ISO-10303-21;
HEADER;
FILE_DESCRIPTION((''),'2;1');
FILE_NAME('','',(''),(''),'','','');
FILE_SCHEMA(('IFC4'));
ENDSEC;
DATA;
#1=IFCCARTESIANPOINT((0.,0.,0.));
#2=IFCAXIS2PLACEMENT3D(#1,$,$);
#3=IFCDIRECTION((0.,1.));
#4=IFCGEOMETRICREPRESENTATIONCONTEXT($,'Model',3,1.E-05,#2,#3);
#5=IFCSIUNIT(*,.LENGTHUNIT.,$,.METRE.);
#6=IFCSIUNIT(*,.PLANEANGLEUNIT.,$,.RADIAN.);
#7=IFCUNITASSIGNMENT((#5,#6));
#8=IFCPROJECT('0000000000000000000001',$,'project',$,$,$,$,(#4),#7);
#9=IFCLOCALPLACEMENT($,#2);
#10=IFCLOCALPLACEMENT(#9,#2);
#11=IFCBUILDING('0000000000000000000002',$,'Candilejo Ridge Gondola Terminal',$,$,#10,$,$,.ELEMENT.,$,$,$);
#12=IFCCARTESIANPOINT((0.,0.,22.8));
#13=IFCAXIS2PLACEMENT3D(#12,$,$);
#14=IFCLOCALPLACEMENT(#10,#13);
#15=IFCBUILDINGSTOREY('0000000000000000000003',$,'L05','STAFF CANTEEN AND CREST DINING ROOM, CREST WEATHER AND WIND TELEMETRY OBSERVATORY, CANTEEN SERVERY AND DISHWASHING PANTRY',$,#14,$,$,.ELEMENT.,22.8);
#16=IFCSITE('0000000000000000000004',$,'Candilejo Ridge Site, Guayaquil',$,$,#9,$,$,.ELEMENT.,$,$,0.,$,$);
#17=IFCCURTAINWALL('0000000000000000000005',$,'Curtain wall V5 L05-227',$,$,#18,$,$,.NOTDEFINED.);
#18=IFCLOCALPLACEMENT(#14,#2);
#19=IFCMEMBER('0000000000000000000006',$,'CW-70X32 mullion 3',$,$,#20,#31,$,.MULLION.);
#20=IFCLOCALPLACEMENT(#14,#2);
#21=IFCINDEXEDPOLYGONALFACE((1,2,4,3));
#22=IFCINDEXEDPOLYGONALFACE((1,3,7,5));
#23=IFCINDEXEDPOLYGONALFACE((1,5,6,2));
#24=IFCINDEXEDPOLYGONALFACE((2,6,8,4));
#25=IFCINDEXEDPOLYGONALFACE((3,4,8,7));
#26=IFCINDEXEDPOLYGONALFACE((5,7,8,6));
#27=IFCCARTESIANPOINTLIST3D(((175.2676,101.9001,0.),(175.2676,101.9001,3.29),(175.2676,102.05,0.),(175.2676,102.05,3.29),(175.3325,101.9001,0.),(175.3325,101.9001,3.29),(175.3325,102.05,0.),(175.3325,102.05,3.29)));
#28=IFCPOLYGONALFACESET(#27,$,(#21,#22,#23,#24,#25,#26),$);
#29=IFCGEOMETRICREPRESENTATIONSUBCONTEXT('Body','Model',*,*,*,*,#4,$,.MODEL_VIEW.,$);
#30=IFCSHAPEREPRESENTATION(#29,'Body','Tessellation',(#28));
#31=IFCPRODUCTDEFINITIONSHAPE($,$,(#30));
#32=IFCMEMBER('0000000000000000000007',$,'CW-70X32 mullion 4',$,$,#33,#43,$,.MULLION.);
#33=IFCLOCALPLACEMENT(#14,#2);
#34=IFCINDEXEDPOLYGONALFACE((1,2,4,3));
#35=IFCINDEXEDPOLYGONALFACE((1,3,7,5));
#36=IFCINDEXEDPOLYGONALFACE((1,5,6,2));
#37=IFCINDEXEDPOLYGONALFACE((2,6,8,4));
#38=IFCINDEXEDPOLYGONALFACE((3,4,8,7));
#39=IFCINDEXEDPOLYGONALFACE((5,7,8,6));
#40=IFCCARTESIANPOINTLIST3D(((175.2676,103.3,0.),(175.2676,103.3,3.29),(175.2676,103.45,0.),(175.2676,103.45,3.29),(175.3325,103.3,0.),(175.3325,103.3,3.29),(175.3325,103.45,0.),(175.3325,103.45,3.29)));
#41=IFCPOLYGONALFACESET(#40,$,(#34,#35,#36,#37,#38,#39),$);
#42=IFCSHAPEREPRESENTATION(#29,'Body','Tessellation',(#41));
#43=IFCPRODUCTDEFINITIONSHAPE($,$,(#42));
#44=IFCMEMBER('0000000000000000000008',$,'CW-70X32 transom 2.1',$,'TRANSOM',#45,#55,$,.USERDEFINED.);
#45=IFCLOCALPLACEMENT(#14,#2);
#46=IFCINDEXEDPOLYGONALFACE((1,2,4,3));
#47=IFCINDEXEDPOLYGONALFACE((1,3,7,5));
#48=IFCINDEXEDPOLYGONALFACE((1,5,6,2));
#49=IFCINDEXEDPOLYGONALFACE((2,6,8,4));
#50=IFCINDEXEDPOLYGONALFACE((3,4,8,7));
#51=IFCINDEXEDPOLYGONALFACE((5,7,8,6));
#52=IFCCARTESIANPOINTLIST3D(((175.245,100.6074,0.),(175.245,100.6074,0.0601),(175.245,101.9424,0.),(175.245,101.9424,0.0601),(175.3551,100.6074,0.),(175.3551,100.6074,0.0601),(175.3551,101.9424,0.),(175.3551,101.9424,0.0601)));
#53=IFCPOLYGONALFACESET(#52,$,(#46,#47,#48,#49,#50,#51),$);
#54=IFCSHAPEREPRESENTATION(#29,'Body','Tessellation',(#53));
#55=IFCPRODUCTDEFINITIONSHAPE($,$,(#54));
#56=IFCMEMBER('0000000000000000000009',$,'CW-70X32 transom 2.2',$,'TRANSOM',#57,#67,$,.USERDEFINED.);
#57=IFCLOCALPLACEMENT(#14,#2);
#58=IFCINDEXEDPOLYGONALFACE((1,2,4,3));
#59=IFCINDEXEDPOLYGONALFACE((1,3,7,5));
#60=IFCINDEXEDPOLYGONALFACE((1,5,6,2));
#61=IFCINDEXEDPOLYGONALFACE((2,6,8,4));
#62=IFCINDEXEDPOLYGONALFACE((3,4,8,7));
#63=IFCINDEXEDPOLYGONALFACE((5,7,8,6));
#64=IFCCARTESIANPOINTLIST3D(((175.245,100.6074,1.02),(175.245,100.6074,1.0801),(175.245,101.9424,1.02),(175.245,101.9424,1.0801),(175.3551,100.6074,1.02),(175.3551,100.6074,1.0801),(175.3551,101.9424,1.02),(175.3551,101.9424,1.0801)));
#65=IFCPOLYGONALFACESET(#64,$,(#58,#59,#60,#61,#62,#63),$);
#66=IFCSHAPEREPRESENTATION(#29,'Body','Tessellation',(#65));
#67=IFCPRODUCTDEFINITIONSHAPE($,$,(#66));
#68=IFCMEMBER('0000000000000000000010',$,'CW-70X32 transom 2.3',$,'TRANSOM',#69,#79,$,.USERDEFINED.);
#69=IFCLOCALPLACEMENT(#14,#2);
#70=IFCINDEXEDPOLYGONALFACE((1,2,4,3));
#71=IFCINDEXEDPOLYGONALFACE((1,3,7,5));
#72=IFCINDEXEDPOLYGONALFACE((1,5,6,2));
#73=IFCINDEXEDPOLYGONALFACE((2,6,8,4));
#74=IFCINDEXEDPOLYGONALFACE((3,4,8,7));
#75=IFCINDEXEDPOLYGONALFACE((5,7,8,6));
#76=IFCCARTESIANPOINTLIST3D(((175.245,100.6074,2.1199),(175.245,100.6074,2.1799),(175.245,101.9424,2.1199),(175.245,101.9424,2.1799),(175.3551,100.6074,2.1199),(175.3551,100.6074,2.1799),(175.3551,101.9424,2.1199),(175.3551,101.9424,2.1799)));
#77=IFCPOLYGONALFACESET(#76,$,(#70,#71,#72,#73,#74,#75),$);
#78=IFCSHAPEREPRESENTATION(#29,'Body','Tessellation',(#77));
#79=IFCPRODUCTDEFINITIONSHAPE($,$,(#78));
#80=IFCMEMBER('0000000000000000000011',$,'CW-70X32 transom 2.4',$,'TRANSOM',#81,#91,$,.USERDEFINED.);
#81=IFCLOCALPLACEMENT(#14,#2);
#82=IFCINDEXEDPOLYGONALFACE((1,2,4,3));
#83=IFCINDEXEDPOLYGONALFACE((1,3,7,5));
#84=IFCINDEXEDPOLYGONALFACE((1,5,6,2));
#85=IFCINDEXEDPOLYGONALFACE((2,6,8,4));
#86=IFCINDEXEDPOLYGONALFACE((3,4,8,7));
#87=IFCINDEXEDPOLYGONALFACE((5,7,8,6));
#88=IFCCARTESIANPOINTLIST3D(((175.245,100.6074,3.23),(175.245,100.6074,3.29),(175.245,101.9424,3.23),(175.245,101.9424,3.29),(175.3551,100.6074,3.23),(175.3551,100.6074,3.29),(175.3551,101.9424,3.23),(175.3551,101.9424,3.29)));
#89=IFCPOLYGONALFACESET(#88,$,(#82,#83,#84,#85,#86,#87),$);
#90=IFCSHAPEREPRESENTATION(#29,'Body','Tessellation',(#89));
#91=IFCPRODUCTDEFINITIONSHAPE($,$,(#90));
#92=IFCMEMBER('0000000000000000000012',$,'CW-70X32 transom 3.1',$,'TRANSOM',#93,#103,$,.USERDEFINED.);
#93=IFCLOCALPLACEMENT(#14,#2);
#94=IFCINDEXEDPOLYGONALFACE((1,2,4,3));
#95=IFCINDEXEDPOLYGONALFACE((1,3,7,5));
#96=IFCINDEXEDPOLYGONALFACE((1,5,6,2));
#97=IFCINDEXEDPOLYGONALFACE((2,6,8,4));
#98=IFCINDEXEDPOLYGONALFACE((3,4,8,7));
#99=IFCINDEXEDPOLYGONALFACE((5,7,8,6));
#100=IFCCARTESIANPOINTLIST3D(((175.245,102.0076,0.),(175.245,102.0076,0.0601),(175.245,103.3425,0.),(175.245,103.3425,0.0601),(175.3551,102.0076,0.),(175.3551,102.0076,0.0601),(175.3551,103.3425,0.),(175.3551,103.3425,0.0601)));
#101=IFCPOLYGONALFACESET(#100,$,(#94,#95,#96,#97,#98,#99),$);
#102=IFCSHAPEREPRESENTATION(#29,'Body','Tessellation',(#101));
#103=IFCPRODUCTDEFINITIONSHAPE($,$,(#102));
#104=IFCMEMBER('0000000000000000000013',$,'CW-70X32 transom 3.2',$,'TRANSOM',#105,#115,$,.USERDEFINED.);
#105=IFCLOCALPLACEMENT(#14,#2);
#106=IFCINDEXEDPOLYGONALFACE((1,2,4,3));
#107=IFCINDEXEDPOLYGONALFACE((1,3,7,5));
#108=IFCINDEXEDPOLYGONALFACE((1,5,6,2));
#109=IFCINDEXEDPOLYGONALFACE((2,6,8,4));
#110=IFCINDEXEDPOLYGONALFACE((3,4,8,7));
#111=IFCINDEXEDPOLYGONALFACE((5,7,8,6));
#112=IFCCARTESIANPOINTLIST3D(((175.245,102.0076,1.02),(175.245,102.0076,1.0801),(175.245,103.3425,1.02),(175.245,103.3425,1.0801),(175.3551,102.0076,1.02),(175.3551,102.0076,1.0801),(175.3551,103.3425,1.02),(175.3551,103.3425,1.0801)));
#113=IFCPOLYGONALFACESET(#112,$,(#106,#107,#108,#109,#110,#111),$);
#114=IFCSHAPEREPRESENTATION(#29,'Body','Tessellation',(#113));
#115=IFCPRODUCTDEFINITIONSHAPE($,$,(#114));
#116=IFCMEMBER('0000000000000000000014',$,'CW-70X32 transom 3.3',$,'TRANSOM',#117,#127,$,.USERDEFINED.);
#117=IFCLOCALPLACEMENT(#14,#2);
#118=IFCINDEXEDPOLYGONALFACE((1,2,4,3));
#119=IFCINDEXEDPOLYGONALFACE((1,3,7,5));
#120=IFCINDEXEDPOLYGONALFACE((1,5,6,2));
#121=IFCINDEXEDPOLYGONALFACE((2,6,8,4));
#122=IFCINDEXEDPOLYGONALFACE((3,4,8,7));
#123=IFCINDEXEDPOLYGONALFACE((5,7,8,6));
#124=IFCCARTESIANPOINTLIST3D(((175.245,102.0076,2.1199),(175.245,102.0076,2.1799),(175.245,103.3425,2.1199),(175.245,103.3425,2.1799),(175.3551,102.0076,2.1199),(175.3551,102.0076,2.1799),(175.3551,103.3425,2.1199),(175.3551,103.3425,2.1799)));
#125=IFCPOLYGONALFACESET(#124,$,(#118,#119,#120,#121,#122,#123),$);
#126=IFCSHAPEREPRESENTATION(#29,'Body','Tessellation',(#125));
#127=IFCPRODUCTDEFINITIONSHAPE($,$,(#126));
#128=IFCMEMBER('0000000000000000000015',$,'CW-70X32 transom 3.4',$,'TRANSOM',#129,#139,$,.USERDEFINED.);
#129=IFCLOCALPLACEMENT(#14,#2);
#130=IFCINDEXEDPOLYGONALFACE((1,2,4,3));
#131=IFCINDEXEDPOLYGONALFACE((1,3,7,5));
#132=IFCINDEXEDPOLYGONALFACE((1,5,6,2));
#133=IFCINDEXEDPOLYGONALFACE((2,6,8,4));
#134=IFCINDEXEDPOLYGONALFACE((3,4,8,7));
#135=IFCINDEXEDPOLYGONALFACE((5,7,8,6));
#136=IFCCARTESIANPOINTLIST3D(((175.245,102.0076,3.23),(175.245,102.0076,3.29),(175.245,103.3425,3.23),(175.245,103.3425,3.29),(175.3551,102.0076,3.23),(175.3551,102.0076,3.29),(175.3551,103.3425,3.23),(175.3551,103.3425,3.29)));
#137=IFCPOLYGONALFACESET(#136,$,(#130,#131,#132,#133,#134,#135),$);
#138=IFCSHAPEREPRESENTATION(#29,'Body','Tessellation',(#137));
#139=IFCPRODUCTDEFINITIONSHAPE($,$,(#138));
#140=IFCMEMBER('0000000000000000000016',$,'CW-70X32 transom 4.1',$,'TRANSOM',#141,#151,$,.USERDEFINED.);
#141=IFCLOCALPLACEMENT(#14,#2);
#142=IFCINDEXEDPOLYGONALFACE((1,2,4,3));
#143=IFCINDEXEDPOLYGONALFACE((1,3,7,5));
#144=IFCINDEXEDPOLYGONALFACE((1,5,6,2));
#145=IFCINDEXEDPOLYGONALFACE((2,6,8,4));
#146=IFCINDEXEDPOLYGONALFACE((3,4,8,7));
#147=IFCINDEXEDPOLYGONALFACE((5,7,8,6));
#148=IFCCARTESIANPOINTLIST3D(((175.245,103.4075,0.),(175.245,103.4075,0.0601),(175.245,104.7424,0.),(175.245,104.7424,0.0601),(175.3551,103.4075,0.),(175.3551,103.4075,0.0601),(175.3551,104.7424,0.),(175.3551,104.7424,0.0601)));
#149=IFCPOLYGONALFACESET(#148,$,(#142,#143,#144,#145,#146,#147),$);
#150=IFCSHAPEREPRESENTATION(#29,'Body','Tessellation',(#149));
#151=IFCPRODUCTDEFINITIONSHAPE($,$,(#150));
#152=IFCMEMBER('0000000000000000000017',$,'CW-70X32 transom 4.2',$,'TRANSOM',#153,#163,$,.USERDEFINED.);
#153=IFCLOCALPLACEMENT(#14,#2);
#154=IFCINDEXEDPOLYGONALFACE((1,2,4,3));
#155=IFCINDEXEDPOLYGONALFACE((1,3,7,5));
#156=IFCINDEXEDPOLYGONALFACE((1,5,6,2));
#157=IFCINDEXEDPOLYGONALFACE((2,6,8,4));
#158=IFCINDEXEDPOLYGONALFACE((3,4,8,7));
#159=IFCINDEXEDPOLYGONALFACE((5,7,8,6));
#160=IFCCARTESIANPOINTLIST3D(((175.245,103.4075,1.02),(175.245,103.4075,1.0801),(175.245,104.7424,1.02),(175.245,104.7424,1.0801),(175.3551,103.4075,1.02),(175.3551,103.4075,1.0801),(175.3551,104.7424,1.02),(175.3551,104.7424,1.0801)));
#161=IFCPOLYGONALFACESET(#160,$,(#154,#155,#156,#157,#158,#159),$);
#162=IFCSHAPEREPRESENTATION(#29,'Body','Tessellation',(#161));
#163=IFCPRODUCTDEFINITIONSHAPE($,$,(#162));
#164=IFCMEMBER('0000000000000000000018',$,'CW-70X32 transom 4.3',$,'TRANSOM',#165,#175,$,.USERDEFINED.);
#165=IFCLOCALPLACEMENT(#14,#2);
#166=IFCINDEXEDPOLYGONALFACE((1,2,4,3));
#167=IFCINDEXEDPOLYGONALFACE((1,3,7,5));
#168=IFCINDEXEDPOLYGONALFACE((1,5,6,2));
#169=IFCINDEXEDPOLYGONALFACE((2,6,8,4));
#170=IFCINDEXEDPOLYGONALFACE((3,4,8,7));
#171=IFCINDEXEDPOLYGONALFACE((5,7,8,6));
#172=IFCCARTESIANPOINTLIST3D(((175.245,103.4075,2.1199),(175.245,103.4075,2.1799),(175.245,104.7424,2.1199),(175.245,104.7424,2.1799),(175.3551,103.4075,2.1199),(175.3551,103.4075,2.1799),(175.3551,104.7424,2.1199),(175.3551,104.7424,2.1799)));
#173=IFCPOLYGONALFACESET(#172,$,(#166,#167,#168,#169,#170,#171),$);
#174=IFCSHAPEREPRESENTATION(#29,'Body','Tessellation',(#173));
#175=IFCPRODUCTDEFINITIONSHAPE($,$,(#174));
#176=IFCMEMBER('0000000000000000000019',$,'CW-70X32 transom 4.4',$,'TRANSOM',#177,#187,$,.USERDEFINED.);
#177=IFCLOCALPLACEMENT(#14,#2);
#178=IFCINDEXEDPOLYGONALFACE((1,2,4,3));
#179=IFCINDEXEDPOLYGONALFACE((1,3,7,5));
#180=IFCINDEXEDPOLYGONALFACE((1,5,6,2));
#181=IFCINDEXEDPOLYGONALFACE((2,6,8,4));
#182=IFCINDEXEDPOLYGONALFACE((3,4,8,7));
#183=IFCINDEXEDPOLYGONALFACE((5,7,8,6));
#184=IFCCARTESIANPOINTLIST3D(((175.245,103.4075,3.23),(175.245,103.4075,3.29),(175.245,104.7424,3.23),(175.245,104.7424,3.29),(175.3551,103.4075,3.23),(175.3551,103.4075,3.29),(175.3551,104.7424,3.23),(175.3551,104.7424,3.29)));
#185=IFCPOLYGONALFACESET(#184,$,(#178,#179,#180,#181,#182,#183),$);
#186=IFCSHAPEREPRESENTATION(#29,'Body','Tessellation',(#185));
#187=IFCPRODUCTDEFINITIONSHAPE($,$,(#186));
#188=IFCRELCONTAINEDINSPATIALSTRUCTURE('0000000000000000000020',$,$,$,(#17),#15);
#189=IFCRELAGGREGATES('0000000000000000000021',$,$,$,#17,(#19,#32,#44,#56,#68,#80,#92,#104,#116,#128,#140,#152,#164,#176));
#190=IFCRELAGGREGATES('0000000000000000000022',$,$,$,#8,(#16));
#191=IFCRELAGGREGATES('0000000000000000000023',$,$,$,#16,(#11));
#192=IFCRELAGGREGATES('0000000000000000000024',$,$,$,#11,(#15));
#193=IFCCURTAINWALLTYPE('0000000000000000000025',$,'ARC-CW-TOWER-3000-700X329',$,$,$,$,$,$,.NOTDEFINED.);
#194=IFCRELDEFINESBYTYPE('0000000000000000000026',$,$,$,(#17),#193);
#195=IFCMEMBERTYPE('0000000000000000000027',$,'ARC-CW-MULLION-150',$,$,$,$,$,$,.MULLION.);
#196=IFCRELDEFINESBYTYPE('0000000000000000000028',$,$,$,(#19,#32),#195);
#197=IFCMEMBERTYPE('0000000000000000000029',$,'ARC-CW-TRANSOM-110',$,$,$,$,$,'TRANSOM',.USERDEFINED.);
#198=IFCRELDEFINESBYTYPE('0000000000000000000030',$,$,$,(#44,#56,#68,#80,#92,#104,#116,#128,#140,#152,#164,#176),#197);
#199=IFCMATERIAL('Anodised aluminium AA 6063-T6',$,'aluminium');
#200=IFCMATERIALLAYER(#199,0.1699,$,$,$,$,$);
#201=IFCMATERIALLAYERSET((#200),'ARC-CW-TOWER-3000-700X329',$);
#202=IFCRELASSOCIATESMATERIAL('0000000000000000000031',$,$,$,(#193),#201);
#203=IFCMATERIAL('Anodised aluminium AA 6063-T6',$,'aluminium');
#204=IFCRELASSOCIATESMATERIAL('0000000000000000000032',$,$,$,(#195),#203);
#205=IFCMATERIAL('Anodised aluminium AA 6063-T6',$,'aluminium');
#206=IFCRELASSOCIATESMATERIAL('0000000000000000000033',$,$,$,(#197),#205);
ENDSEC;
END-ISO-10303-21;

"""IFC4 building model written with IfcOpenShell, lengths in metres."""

from ifc_helpers import new_model, si_unit, direction, frame, origin, origin_2d, place, context, subcontext, project, spatial, rectangle, extrude, material, layer, layer_set, material_profile, profile_set, type_object, element, aggregate, save


model = new_model("IFC4")

# Units and contexts
model_context = context("Model", 3, precision=1e-05, world=origin(), true_north=direction((0.0, 1.0)))
body_context = subcontext(model_context, "Body", "Model", "MODEL_VIEW")
ifc_project = project(units=[si_unit("LENGTHUNIT", "METRE"), si_unit("PLANEANGLEUNIT", "RADIAN")], contexts=[model_context])

# Site, building, storey
site_placement = place(None, origin())
site = spatial("IfcSite", under=ifc_project, at=site_placement, Name="Candilejo Ridge Site, Guayaquil", CompositionType="ELEMENT", RefElevation=0.0)
building_placement = place(site_placement, origin())
building = spatial("IfcBuilding", under=site, at=building_placement, Name="Candilejo Ridge Gondola Terminal", CompositionType="ELEMENT")
storey_placement = place(building_placement, frame((0.0, 0.0, 22.8)))
storey = spatial("IfcBuildingStorey", under=building, at=storey_placement, Name="L05", Description="STAFF CANTEEN AND CREST DINING ROOM, CREST WEATHER AND WIND TELEMETRY OBSERVATORY, CANTEEN SERVERY AND DISHWASHING PANTRY", CompositionType="ELEMENT", Elevation=22.8)

# Curtain wall, members
ifc_material_1 = material(Name="Anodised aluminium AA 6063-T6", Category="aluminium")
ifc_layer_1 = layer(ifc_material_1, 0.1699)
ifc_layer_set_1 = layer_set([ifc_layer_1], Name="ARC-CW-TOWER-3000-700X329")
curtain_wall_type = type_object("IfcCurtainWallType", Name="ARC-CW-TOWER-3000-700X329", PredefinedType="NOTDEFINED", material=ifc_layer_set_1)
curtain_wall_placement = place(storey_placement, origin())
curtain_wall = element("IfcCurtainWall", 1, at=curtain_wall_placement, inside=storey, type_object=curtain_wall_type, Name="Curtain wall V5 L05-227", PredefinedType="NOTDEFINED")
ifc_material_2 = material(Name="Anodised aluminium AA 6063-T6", Category="aluminium")
ifc_material_profile_1 = material_profile(ifc_material_2, rectangle(XDim=0.0649, YDim=0.1499, at=origin_2d()))
ifc_profile_set_1 = profile_set([ifc_material_profile_1], Name="Anodised aluminium AA 6063-T6")
member_type_1 = type_object("IfcMemberType", Name="ARC-CW-MULLION-150", PredefinedType="MULLION", material=ifc_profile_set_1)
member_1_placement = place(storey_placement, frame((175.3, 101.9751, 0.0), z_axis=(0.0, 0.0, 1.0), x_axis=(-1.0, 0.0, 0.0)))
member_1 = element("IfcMember", 2, at=member_1_placement, type_object=member_type_1, Name="CW-70X32 mullion 3", PredefinedType="MULLION", context=body_context, shape_type="SweptSolid", body=[
    extrude(rectangle(XDim=0.0649, YDim=0.1499, at=origin_2d()), origin(), (0.0, 0.0, 1.0), 3.29),
])
member_2_placement = place(storey_placement, frame((175.3, 103.375, 0.0), z_axis=(0.0, 0.0, 1.0), x_axis=(-1.0, 0.0, 0.0)))
member_2 = element("IfcMember", 3, at=member_2_placement, type_object=member_type_1, Name="CW-70X32 mullion 4", PredefinedType="MULLION", context=body_context, shape_type="SweptSolid", body=[
    extrude(rectangle(XDim=0.0649, YDim=0.1499, at=origin_2d()), origin(), (0.0, 0.0, 1.0), 3.29),
])
ifc_material_3 = material(Name="Anodised aluminium AA 6063-T6", Category="aluminium")
ifc_material_profile_2 = material_profile(ifc_material_3, rectangle(XDim=0.1101, YDim=0.0601, at=origin_2d()))
ifc_profile_set_2 = profile_set([ifc_material_profile_2], Name="Anodised aluminium AA 6063-T6")
member_type_2 = type_object("IfcMemberType", Name="ARC-CW-TRANSOM-110", ElementType="TRANSOM", PredefinedType="USERDEFINED", material=ifc_profile_set_2)
member_3_placement = place(storey_placement, frame((175.3, 100.6074, 0.03), z_axis=(0.0, 1.0, 0.0), x_axis=(-1.0, 0.0, 0.0)))
member_3 = element("IfcMember", 4, at=member_3_placement, type_object=member_type_2, Name="CW-70X32 transom 2.1", ObjectType="TRANSOM", PredefinedType="USERDEFINED", context=body_context, shape_type="SweptSolid", body=[
    extrude(rectangle(XDim=0.1101, YDim=0.0601, at=origin_2d()), origin(), (0.0, 0.0, 1.0), 1.335),
])
member_4_placement = place(storey_placement, frame((175.3, 100.6074, 1.05), z_axis=(0.0, 1.0, 0.0), x_axis=(-1.0, 0.0, 0.0)))
member_4 = element("IfcMember", 5, at=member_4_placement, type_object=member_type_2, Name="CW-70X32 transom 2.2", ObjectType="TRANSOM", PredefinedType="USERDEFINED", context=body_context, shape_type="SweptSolid", body=[
    extrude(rectangle(XDim=0.1101, YDim=0.0601, at=origin_2d()), origin(), (0.0, 0.0, 1.0), 1.335),
])
member_5_placement = place(storey_placement, frame((175.3, 100.6074, 2.1499), z_axis=(0.0, 1.0, 0.0), x_axis=(-1.0, 0.0, 0.0)))
member_5 = element("IfcMember", 6, at=member_5_placement, type_object=member_type_2, Name="CW-70X32 transom 2.3", ObjectType="TRANSOM", PredefinedType="USERDEFINED", context=body_context, shape_type="SweptSolid", body=[
    extrude(rectangle(XDim=0.1101, YDim=0.0601, at=origin_2d()), origin(), (0.0, 0.0, 1.0), 1.335),
])
member_6_placement = place(storey_placement, frame((175.3, 100.6074, 3.26), z_axis=(0.0, 1.0, 0.0), x_axis=(-1.0, 0.0, 0.0)))
member_6 = element("IfcMember", 7, at=member_6_placement, type_object=member_type_2, Name="CW-70X32 transom 2.4", ObjectType="TRANSOM", PredefinedType="USERDEFINED", context=body_context, shape_type="SweptSolid", body=[
    extrude(rectangle(XDim=0.1101, YDim=0.0601, at=origin_2d()), origin(), (0.0, 0.0, 1.0), 1.335),
])
member_7_placement = place(storey_placement, frame((175.3, 102.0076, 0.03), z_axis=(0.0, 1.0, 0.0), x_axis=(-1.0, 0.0, 0.0)))
member_7 = element("IfcMember", 8, at=member_7_placement, type_object=member_type_2, Name="CW-70X32 transom 3.1", ObjectType="TRANSOM", PredefinedType="USERDEFINED", context=body_context, shape_type="SweptSolid", body=[
    extrude(rectangle(XDim=0.1101, YDim=0.0601, at=origin_2d()), origin(), (0.0, 0.0, 1.0), 1.335),
])
member_8_placement = place(storey_placement, frame((175.3, 102.0076, 1.05), z_axis=(0.0, 1.0, 0.0), x_axis=(-1.0, 0.0, 0.0)))
member_8 = element("IfcMember", 9, at=member_8_placement, type_object=member_type_2, Name="CW-70X32 transom 3.2", ObjectType="TRANSOM", PredefinedType="USERDEFINED", context=body_context, shape_type="SweptSolid", body=[
    extrude(rectangle(XDim=0.1101, YDim=0.0601, at=origin_2d()), origin(), (0.0, 0.0, 1.0), 1.335),
])
member_9_placement = place(storey_placement, frame((175.3, 102.0076, 2.1499), z_axis=(0.0, 1.0, 0.0), x_axis=(-1.0, 0.0, 0.0)))
member_9 = element("IfcMember", 10, at=member_9_placement, type_object=member_type_2, Name="CW-70X32 transom 3.3", ObjectType="TRANSOM", PredefinedType="USERDEFINED", context=body_context, shape_type="SweptSolid", body=[
    extrude(rectangle(XDim=0.1101, YDim=0.0601, at=origin_2d()), origin(), (0.0, 0.0, 1.0), 1.335),
])
member_10_placement = place(storey_placement, frame((175.3, 102.0076, 3.26), z_axis=(0.0, 1.0, 0.0), x_axis=(-1.0, 0.0, 0.0)))
member_10 = element("IfcMember", 11, at=member_10_placement, type_object=member_type_2, Name="CW-70X32 transom 3.4", ObjectType="TRANSOM", PredefinedType="USERDEFINED", context=body_context, shape_type="SweptSolid", body=[
    extrude(rectangle(XDim=0.1101, YDim=0.0601, at=origin_2d()), origin(), (0.0, 0.0, 1.0), 1.335),
])
member_11_placement = place(storey_placement, frame((175.3, 103.4075, 0.03), z_axis=(0.0, 1.0, 0.0), x_axis=(-1.0, 0.0, 0.0)))
member_11 = element("IfcMember", 12, at=member_11_placement, type_object=member_type_2, Name="CW-70X32 transom 4.1", ObjectType="TRANSOM", PredefinedType="USERDEFINED", context=body_context, shape_type="SweptSolid", body=[
    extrude(rectangle(XDim=0.1101, YDim=0.0601, at=origin_2d()), origin(), (0.0, 0.0, 1.0), 1.335),
])
member_12_placement = place(storey_placement, frame((175.3, 103.4075, 1.05), z_axis=(0.0, 1.0, 0.0), x_axis=(-1.0, 0.0, 0.0)))
member_12 = element("IfcMember", 13, at=member_12_placement, type_object=member_type_2, Name="CW-70X32 transom 4.2", ObjectType="TRANSOM", PredefinedType="USERDEFINED", context=body_context, shape_type="SweptSolid", body=[
    extrude(rectangle(XDim=0.1101, YDim=0.0601, at=origin_2d()), origin(), (0.0, 0.0, 1.0), 1.335),
])
member_13_placement = place(storey_placement, frame((175.3, 103.4075, 2.1499), z_axis=(0.0, 1.0, 0.0), x_axis=(-1.0, 0.0, 0.0)))
member_13 = element("IfcMember", 14, at=member_13_placement, type_object=member_type_2, Name="CW-70X32 transom 4.3", ObjectType="TRANSOM", PredefinedType="USERDEFINED", context=body_context, shape_type="SweptSolid", body=[
    extrude(rectangle(XDim=0.1101, YDim=0.0601, at=origin_2d()), origin(), (0.0, 0.0, 1.0), 1.335),
])
member_14_placement = place(storey_placement, frame((175.3, 103.4075, 3.26), z_axis=(0.0, 1.0, 0.0), x_axis=(-1.0, 0.0, 0.0)))
member_14 = element("IfcMember", 15, at=member_14_placement, type_object=member_type_2, Name="CW-70X32 transom 4.4", ObjectType="TRANSOM", PredefinedType="USERDEFINED", context=body_context, shape_type="SweptSolid", body=[
    extrude(rectangle(XDim=0.1101, YDim=0.0601, at=origin_2d()), origin(), (0.0, 0.0, 1.0), 1.335),
])
aggregate(curtain_wall, [member_1, member_2, member_3, member_4, member_5, member_6, member_7, member_8, member_9, member_10, member_11, member_12, member_13, member_14])

save(model, "model.ifc")
